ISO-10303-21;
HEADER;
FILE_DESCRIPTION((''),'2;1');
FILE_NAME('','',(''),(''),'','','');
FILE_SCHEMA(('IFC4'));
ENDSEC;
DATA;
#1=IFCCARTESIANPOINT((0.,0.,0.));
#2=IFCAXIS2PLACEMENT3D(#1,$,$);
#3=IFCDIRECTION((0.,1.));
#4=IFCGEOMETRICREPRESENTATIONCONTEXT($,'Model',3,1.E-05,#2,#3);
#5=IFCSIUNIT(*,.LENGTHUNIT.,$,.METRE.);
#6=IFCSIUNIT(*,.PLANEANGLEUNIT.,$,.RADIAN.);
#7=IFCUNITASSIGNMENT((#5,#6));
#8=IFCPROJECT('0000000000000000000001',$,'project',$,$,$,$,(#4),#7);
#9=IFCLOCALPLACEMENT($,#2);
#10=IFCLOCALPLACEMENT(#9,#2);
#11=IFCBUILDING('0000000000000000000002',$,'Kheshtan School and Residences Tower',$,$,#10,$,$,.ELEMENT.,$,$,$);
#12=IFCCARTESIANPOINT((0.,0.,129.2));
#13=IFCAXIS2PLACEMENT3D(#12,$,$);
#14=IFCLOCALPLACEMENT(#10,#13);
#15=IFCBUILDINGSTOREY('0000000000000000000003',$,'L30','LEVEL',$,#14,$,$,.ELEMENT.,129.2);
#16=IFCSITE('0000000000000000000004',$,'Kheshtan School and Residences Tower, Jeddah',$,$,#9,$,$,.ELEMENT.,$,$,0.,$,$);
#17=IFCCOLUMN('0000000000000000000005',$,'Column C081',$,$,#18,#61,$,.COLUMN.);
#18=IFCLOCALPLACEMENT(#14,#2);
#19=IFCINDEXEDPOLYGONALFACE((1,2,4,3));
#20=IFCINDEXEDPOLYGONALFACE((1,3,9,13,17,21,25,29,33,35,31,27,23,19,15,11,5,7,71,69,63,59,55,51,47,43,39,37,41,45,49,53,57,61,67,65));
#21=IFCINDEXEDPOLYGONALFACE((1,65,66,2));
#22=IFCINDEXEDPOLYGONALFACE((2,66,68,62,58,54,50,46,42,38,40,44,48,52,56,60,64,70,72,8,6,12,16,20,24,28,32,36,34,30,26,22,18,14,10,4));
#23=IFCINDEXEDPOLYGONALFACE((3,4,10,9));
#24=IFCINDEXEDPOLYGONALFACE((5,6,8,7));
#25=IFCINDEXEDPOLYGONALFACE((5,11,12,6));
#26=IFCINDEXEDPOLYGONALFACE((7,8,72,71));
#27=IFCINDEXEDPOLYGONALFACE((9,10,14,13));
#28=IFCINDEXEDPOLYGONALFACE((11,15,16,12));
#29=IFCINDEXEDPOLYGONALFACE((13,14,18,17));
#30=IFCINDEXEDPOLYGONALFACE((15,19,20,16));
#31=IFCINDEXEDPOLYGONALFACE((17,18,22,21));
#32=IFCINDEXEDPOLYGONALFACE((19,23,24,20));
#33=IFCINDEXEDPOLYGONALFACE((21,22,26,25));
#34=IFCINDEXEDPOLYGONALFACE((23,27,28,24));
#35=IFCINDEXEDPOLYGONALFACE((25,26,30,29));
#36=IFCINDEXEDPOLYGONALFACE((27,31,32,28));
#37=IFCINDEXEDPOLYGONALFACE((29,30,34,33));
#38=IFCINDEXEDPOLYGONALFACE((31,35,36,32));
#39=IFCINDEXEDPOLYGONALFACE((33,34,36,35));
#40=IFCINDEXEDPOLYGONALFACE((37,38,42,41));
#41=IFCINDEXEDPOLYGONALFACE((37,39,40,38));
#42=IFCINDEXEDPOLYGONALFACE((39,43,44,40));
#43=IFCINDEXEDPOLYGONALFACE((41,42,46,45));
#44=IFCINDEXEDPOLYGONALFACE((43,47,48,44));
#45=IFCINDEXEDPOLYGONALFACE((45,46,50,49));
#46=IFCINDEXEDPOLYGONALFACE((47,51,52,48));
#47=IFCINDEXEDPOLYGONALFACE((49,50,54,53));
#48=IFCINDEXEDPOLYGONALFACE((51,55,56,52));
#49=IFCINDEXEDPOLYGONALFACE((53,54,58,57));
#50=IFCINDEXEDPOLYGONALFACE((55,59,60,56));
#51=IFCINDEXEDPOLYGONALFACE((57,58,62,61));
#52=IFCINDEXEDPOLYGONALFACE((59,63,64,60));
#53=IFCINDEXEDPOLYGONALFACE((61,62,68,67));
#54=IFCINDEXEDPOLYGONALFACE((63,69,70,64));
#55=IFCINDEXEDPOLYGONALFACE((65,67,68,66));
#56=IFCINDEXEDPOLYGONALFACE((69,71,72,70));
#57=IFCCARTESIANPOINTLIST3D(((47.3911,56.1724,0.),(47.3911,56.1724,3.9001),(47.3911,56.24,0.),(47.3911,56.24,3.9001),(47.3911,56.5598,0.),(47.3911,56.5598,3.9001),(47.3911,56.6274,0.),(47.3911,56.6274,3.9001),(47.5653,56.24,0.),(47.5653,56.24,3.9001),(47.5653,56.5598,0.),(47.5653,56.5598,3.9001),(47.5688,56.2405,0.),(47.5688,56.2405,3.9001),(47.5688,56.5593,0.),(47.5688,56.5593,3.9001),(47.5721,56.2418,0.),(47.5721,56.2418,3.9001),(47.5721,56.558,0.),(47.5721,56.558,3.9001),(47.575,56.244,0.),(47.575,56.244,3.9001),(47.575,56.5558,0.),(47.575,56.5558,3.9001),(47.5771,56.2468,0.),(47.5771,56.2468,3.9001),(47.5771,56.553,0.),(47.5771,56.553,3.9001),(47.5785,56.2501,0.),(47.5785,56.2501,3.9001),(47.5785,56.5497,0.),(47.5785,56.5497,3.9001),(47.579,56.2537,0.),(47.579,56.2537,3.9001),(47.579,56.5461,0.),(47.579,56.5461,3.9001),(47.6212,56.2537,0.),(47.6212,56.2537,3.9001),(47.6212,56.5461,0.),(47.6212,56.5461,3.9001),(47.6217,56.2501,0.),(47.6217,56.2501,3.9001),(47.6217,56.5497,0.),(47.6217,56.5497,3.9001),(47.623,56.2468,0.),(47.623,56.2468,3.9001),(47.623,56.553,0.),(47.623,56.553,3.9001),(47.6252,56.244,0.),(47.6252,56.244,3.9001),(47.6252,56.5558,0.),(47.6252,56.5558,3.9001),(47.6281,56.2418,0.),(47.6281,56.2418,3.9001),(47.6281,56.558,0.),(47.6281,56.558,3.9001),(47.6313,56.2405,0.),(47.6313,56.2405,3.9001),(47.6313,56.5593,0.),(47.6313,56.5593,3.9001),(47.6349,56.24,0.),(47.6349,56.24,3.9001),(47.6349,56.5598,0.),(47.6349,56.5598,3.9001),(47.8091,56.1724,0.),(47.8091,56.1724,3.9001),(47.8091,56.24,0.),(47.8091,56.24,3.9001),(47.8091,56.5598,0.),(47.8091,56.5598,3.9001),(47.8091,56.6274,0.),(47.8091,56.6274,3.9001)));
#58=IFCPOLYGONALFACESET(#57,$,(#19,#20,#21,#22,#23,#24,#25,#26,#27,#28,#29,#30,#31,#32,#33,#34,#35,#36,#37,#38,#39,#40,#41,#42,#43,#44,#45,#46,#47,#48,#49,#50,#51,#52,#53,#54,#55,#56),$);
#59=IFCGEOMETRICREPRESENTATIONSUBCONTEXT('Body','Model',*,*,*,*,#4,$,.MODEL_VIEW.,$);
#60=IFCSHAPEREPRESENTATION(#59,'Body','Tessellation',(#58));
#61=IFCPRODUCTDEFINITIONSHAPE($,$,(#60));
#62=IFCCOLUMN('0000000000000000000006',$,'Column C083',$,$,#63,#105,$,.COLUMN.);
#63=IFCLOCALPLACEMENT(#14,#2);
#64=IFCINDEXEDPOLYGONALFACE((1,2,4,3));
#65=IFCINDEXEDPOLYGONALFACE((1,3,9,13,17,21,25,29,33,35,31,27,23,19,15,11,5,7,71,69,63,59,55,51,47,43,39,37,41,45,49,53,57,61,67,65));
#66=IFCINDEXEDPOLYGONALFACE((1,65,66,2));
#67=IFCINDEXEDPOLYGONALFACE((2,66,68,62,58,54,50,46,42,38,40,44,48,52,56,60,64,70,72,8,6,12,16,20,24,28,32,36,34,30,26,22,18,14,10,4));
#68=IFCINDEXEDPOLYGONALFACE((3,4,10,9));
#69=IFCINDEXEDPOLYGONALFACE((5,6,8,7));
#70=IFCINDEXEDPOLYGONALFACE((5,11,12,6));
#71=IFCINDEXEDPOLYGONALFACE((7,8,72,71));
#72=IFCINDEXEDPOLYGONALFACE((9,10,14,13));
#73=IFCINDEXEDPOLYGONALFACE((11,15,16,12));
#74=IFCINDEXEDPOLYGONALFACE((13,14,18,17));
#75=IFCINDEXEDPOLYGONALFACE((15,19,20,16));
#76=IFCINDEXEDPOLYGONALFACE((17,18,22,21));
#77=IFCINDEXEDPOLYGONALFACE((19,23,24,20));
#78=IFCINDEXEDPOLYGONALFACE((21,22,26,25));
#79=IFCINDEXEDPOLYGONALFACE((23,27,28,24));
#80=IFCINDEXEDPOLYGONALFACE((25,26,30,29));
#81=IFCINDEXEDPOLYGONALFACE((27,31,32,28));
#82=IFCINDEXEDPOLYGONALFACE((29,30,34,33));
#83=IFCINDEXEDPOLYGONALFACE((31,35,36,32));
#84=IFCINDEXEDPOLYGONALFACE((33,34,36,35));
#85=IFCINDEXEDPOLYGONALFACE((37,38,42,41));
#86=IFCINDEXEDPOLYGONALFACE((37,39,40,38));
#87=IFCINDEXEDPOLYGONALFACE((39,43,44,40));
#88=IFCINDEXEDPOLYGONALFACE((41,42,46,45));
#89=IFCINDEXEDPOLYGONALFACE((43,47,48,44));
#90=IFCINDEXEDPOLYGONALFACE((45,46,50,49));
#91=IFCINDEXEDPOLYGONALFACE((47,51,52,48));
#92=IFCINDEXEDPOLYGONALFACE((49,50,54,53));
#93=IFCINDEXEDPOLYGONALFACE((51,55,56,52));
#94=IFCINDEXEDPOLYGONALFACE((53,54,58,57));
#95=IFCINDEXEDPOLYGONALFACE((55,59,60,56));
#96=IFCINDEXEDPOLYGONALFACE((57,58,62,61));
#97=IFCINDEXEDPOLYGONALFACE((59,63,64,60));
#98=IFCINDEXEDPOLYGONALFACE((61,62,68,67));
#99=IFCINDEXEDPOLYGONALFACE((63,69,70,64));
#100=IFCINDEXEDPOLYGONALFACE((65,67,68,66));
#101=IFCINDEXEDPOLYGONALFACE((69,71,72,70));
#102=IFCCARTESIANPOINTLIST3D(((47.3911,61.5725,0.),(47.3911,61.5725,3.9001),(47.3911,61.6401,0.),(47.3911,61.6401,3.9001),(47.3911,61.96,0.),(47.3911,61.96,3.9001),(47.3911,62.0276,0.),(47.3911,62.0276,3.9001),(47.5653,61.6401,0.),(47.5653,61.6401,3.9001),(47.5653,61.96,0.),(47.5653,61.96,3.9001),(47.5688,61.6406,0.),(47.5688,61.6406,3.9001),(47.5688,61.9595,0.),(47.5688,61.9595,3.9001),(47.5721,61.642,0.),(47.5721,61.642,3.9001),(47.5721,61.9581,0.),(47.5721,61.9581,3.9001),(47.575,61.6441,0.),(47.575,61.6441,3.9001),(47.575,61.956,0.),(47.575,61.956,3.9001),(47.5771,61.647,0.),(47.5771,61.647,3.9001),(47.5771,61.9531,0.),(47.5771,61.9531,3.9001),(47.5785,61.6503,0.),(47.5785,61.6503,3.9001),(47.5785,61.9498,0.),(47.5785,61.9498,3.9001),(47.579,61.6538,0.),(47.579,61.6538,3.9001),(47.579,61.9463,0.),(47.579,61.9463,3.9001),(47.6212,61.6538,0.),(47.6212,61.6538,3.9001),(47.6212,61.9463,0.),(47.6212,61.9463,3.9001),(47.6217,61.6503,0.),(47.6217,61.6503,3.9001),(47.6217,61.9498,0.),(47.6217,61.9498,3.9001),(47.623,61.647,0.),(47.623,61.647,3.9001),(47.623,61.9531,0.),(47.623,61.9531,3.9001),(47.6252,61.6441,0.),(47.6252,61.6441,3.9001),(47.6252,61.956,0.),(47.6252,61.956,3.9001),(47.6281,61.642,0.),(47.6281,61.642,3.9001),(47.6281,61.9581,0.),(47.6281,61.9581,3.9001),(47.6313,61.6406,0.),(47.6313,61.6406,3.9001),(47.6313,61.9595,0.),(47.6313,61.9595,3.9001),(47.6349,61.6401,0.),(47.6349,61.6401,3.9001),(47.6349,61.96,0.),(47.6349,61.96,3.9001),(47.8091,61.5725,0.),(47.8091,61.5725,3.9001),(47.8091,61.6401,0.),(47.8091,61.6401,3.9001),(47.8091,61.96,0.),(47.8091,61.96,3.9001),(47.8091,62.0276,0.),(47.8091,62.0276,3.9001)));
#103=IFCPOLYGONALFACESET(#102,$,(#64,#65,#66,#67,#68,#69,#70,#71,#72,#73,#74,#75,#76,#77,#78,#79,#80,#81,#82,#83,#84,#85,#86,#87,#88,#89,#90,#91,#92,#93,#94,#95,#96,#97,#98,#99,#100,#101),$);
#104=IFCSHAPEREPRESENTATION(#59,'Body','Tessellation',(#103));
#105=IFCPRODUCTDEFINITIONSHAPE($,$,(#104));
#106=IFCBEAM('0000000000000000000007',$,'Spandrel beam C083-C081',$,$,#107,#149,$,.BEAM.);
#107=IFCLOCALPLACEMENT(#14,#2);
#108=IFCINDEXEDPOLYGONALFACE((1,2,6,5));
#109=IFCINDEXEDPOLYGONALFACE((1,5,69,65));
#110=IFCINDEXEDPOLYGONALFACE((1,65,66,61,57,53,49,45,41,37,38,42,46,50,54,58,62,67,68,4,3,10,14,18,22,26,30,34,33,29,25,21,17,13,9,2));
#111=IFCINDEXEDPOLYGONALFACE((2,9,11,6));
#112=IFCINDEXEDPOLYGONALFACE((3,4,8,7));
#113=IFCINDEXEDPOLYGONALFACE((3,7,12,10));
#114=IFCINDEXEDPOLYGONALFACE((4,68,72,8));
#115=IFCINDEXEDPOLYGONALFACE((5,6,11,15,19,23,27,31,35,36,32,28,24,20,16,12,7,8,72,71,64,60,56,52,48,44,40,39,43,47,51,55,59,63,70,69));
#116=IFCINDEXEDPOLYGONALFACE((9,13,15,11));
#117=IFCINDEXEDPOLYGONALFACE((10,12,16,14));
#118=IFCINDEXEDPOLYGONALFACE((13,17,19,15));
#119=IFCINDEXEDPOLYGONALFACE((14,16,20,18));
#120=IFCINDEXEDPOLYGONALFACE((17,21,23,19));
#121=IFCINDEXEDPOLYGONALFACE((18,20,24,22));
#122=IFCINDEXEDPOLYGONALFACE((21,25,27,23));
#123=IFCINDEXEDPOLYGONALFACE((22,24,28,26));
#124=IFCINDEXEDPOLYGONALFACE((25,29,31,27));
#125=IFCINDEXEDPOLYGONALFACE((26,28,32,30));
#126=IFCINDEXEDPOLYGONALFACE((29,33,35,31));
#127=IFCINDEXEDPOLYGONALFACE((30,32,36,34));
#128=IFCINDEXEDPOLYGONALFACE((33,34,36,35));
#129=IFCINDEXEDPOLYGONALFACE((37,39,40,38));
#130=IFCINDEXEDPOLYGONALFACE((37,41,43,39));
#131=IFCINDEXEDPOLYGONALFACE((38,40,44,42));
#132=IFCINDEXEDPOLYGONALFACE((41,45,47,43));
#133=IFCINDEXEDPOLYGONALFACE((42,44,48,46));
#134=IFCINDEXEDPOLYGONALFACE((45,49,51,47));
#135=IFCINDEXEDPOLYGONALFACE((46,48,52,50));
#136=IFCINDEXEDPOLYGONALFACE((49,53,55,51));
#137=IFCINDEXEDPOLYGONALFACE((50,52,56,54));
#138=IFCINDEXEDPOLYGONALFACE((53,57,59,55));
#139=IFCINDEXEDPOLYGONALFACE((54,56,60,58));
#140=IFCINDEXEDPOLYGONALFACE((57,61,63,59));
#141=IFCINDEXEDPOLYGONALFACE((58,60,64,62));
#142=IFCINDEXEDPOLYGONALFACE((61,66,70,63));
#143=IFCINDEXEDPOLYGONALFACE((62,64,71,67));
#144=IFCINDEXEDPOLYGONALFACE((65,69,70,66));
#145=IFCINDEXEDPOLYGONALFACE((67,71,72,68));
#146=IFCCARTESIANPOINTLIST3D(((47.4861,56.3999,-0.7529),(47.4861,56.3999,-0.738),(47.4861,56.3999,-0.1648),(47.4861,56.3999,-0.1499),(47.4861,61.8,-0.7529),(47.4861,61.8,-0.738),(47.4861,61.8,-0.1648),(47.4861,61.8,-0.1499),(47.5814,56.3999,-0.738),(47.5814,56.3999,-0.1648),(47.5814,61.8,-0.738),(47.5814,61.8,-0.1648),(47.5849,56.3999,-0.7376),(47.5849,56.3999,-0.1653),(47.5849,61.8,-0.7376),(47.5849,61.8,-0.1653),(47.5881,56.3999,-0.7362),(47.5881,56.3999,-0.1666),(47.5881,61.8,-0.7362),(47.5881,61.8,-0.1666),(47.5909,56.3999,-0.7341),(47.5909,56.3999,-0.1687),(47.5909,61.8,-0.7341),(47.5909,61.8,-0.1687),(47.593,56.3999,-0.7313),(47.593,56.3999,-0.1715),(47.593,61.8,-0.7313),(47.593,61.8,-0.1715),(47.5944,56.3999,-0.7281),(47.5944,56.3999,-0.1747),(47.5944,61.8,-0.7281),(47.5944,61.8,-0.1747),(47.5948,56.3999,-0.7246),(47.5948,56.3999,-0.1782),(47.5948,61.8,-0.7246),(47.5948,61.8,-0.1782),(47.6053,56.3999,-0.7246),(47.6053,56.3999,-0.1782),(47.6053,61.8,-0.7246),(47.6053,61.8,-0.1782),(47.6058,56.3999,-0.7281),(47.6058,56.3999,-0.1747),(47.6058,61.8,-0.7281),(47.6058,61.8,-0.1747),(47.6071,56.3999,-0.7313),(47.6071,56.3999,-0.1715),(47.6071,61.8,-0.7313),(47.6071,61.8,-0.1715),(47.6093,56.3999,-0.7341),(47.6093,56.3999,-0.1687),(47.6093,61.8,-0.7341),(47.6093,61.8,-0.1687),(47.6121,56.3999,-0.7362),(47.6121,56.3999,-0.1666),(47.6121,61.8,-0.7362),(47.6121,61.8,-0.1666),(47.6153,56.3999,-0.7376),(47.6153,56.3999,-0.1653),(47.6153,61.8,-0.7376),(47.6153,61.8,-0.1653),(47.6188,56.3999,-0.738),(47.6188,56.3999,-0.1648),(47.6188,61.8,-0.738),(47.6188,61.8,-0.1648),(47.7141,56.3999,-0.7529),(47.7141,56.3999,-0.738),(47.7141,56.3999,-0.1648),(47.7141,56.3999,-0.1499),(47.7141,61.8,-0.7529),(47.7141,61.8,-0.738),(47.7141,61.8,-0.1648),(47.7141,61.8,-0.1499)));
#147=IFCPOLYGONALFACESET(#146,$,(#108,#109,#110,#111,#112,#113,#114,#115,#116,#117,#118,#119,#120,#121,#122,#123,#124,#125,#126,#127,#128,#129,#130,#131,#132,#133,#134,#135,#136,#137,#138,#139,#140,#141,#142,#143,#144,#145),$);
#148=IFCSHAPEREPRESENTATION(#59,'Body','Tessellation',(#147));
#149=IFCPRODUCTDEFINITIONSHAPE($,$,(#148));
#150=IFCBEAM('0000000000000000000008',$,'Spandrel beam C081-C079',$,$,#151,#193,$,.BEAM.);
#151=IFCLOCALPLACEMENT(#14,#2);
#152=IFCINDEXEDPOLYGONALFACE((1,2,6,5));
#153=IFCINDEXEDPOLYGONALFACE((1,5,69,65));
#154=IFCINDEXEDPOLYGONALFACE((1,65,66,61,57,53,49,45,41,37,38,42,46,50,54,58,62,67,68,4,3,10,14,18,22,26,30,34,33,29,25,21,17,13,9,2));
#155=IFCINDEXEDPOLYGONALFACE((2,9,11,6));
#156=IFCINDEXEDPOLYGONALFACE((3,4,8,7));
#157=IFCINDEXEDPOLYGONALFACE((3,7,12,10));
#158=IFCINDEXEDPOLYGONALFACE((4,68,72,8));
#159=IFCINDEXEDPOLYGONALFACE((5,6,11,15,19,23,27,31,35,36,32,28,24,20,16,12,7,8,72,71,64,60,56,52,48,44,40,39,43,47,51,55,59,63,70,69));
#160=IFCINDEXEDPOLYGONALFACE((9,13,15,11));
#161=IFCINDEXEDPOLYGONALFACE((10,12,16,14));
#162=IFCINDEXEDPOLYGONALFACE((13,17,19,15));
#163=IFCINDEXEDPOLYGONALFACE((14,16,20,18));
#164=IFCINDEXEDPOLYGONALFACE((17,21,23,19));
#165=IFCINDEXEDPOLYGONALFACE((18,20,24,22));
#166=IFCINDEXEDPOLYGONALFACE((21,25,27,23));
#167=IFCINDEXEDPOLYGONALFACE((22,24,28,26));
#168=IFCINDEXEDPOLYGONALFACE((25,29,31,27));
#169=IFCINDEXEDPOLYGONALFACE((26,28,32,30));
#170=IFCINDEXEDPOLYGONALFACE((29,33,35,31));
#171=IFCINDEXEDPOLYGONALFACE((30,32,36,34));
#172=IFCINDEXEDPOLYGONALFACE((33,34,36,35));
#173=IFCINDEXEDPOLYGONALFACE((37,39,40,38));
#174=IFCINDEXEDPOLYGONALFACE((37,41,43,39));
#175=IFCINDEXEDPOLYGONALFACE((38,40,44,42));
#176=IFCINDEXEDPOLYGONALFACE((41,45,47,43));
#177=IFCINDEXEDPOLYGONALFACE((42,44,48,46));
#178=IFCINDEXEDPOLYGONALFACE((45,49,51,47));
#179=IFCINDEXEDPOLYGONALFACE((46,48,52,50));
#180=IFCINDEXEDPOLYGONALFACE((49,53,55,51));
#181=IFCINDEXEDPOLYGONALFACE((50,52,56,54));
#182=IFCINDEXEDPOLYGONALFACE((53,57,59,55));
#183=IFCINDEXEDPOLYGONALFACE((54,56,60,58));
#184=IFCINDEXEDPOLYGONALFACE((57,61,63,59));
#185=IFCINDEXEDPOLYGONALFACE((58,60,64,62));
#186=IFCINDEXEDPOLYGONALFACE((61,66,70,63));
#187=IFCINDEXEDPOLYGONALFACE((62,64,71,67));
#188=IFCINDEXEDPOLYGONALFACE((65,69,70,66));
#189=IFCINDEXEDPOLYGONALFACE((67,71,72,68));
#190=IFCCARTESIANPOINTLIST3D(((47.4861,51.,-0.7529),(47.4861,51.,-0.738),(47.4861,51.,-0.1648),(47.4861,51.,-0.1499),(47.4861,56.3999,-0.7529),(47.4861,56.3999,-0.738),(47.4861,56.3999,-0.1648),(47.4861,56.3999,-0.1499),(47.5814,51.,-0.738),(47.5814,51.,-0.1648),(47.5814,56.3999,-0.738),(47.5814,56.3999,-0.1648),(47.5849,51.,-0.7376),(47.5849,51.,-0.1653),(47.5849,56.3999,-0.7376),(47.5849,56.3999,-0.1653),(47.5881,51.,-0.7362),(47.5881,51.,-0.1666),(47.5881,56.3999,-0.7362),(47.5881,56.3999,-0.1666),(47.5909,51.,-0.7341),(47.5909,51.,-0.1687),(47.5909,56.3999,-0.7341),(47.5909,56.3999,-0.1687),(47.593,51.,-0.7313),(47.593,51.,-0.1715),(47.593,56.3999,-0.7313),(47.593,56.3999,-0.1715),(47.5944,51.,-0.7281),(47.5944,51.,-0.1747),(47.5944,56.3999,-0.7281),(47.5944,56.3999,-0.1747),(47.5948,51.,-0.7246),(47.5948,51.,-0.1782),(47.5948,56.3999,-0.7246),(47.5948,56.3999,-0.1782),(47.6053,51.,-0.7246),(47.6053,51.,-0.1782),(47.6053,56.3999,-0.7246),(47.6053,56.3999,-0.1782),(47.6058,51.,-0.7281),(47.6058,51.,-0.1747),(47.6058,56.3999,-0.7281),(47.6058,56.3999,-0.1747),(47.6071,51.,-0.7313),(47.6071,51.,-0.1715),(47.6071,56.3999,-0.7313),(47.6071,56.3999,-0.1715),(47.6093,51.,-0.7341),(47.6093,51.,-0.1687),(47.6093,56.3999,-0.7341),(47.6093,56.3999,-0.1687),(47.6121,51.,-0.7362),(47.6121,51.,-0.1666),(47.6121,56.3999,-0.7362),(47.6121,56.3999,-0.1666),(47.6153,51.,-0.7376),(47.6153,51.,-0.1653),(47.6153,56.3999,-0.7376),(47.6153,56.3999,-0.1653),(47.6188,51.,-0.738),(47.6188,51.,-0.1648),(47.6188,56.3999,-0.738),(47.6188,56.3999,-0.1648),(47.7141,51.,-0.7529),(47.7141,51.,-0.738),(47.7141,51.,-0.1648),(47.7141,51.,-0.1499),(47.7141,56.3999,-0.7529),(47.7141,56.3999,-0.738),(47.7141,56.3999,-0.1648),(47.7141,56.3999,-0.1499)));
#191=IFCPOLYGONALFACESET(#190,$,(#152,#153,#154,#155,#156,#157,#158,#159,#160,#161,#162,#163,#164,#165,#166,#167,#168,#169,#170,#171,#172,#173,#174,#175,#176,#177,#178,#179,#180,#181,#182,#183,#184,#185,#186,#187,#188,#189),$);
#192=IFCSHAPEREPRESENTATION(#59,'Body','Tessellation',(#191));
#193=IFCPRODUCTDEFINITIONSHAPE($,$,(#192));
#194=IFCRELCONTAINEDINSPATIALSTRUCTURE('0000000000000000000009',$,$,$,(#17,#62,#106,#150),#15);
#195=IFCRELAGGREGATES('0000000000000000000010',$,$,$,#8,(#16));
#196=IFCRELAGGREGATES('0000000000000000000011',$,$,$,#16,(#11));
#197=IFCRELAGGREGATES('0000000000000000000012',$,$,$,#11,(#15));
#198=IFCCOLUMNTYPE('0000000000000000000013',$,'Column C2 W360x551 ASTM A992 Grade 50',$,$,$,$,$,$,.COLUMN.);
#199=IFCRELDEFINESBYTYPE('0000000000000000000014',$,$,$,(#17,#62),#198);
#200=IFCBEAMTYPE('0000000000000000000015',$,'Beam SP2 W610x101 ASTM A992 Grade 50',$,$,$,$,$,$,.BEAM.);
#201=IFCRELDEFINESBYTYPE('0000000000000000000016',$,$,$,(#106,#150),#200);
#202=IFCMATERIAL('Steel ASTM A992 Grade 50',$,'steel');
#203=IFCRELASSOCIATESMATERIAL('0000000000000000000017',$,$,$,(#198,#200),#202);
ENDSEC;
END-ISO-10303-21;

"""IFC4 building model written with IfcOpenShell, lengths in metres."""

from ifc_helpers import new_model, si_unit, direction, frame, origin, origin_2d, place, context, subcontext, project, spatial, i_section, extrude, material, material_profile, profile_set, type_object, element, save


model = new_model("IFC4")

# Units and contexts
model_context = context("Model", 3, precision=1e-05, world=origin(), true_north=direction((0.0, 1.0)))
body_context = subcontext(model_context, "Body", "Model", "MODEL_VIEW")
ifc_project = project(units=[si_unit("LENGTHUNIT", "METRE"), si_unit("PLANEANGLEUNIT", "RADIAN")], contexts=[model_context])

# Site, building, storey
site_placement = place(None, origin())
site = spatial("IfcSite", under=ifc_project, at=site_placement, Name="Kheshtan School and Residences Tower, Jeddah", CompositionType="ELEMENT", RefElevation=0.0)
building_placement = place(site_placement, origin())
building = spatial("IfcBuilding", under=site, at=building_placement, Name="Kheshtan School and Residences Tower", CompositionType="ELEMENT")
storey_placement = place(building_placement, frame((0.0, 0.0, 129.2)))
storey = spatial("IfcBuildingStorey", under=building, at=storey_placement, Name="L30", Description="LEVEL", CompositionType="ELEMENT", Elevation=129.2)

# Columns
ifc_material_1 = material(Name="Steel ASTM A992 Grade 50", Category="steel")
ifc_material_profile_1 = material_profile(ifc_material_1, i_section(OverallWidth=0.418, OverallDepth=0.4551, WebThickness=0.0422, FlangeThickness=0.0676, FilletRadius=0.0137, at=origin_2d()), Name="W360x551")
ifc_profile_set_1 = profile_set([ifc_material_profile_1], Name="Steel ASTM A992 Grade 50")
column_type = type_object("IfcColumnType", Name="Column C2 W360x551 ASTM A992 Grade 50", PredefinedType="COLUMN", material=ifc_profile_set_1)
for number, where, z_axis, x_axis, name in (
    (1, (47.6001, 56.3999, 0.0), (0.0, 0.0, 1.0), (1.0, 0.0, 0.0), "Column C081"),
    (2, (47.6001, 61.8, 0.0), (0.0, 0.0, 1.0), (1.0, 0.0, 0.0), "Column C083"),
):
    element("IfcColumn", number, at=place(storey_placement, frame(where, z_axis=z_axis, x_axis=x_axis)), inside=storey, type_object=column_type, Name=name, PredefinedType="COLUMN", context=body_context, shape_type="SweptSolid", body=[
        extrude(i_section(OverallWidth=0.418, OverallDepth=0.4551, WebThickness=0.0422, FlangeThickness=0.0676, FilletRadius=0.0137, at=origin_2d()), origin(), (0.0, 0.0, 1.0), 3.9001),
    ])

# Beams
ifc_material_profile_2 = material_profile(ifc_material_1, i_section(OverallWidth=0.228, OverallDepth=0.603, WebThickness=0.0105, FlangeThickness=0.0149, FilletRadius=0.0134, at=origin_2d()), Name="W610x101")
ifc_profile_set_2 = profile_set([ifc_material_profile_2], Name="Steel ASTM A992 Grade 50")
beam_type = type_object("IfcBeamType", Name="Beam SP2 W610x101 ASTM A992 Grade 50", PredefinedType="BEAM", material=ifc_profile_set_2)
beam_1_placement = place(storey_placement, frame((47.6001, 61.8, -0.4514), z_axis=(0.0, -1.0, 0.0), x_axis=(1.0, 0.0, 0.0)))
element("IfcBeam", 3, at=beam_1_placement, inside=storey, type_object=beam_type, Name="Spandrel beam C083-C081", PredefinedType="BEAM", context=body_context, shape_type="SweptSolid", body=[
    extrude(i_section(OverallWidth=0.228, OverallDepth=0.603, WebThickness=0.0105, FlangeThickness=0.0149, FilletRadius=0.0134, at=origin_2d()), origin(), (0.0, 0.0, 1.0), 5.4001),
])
beam_2_placement = place(storey_placement, frame((47.6001, 56.3999, -0.4514), z_axis=(0.0, -1.0, 0.0), x_axis=(1.0, 0.0, 0.0)))
element("IfcBeam", 4, at=beam_2_placement, inside=storey, type_object=beam_type, Name="Spandrel beam C081-C079", PredefinedType="BEAM", context=body_context, shape_type="SweptSolid", body=[
    extrude(i_section(OverallWidth=0.228, OverallDepth=0.603, WebThickness=0.0105, FlangeThickness=0.0149, FilletRadius=0.0134, at=origin_2d()), origin(), (0.0, 0.0, 1.0), 5.3999),
])

save(model, "model.ifc")
